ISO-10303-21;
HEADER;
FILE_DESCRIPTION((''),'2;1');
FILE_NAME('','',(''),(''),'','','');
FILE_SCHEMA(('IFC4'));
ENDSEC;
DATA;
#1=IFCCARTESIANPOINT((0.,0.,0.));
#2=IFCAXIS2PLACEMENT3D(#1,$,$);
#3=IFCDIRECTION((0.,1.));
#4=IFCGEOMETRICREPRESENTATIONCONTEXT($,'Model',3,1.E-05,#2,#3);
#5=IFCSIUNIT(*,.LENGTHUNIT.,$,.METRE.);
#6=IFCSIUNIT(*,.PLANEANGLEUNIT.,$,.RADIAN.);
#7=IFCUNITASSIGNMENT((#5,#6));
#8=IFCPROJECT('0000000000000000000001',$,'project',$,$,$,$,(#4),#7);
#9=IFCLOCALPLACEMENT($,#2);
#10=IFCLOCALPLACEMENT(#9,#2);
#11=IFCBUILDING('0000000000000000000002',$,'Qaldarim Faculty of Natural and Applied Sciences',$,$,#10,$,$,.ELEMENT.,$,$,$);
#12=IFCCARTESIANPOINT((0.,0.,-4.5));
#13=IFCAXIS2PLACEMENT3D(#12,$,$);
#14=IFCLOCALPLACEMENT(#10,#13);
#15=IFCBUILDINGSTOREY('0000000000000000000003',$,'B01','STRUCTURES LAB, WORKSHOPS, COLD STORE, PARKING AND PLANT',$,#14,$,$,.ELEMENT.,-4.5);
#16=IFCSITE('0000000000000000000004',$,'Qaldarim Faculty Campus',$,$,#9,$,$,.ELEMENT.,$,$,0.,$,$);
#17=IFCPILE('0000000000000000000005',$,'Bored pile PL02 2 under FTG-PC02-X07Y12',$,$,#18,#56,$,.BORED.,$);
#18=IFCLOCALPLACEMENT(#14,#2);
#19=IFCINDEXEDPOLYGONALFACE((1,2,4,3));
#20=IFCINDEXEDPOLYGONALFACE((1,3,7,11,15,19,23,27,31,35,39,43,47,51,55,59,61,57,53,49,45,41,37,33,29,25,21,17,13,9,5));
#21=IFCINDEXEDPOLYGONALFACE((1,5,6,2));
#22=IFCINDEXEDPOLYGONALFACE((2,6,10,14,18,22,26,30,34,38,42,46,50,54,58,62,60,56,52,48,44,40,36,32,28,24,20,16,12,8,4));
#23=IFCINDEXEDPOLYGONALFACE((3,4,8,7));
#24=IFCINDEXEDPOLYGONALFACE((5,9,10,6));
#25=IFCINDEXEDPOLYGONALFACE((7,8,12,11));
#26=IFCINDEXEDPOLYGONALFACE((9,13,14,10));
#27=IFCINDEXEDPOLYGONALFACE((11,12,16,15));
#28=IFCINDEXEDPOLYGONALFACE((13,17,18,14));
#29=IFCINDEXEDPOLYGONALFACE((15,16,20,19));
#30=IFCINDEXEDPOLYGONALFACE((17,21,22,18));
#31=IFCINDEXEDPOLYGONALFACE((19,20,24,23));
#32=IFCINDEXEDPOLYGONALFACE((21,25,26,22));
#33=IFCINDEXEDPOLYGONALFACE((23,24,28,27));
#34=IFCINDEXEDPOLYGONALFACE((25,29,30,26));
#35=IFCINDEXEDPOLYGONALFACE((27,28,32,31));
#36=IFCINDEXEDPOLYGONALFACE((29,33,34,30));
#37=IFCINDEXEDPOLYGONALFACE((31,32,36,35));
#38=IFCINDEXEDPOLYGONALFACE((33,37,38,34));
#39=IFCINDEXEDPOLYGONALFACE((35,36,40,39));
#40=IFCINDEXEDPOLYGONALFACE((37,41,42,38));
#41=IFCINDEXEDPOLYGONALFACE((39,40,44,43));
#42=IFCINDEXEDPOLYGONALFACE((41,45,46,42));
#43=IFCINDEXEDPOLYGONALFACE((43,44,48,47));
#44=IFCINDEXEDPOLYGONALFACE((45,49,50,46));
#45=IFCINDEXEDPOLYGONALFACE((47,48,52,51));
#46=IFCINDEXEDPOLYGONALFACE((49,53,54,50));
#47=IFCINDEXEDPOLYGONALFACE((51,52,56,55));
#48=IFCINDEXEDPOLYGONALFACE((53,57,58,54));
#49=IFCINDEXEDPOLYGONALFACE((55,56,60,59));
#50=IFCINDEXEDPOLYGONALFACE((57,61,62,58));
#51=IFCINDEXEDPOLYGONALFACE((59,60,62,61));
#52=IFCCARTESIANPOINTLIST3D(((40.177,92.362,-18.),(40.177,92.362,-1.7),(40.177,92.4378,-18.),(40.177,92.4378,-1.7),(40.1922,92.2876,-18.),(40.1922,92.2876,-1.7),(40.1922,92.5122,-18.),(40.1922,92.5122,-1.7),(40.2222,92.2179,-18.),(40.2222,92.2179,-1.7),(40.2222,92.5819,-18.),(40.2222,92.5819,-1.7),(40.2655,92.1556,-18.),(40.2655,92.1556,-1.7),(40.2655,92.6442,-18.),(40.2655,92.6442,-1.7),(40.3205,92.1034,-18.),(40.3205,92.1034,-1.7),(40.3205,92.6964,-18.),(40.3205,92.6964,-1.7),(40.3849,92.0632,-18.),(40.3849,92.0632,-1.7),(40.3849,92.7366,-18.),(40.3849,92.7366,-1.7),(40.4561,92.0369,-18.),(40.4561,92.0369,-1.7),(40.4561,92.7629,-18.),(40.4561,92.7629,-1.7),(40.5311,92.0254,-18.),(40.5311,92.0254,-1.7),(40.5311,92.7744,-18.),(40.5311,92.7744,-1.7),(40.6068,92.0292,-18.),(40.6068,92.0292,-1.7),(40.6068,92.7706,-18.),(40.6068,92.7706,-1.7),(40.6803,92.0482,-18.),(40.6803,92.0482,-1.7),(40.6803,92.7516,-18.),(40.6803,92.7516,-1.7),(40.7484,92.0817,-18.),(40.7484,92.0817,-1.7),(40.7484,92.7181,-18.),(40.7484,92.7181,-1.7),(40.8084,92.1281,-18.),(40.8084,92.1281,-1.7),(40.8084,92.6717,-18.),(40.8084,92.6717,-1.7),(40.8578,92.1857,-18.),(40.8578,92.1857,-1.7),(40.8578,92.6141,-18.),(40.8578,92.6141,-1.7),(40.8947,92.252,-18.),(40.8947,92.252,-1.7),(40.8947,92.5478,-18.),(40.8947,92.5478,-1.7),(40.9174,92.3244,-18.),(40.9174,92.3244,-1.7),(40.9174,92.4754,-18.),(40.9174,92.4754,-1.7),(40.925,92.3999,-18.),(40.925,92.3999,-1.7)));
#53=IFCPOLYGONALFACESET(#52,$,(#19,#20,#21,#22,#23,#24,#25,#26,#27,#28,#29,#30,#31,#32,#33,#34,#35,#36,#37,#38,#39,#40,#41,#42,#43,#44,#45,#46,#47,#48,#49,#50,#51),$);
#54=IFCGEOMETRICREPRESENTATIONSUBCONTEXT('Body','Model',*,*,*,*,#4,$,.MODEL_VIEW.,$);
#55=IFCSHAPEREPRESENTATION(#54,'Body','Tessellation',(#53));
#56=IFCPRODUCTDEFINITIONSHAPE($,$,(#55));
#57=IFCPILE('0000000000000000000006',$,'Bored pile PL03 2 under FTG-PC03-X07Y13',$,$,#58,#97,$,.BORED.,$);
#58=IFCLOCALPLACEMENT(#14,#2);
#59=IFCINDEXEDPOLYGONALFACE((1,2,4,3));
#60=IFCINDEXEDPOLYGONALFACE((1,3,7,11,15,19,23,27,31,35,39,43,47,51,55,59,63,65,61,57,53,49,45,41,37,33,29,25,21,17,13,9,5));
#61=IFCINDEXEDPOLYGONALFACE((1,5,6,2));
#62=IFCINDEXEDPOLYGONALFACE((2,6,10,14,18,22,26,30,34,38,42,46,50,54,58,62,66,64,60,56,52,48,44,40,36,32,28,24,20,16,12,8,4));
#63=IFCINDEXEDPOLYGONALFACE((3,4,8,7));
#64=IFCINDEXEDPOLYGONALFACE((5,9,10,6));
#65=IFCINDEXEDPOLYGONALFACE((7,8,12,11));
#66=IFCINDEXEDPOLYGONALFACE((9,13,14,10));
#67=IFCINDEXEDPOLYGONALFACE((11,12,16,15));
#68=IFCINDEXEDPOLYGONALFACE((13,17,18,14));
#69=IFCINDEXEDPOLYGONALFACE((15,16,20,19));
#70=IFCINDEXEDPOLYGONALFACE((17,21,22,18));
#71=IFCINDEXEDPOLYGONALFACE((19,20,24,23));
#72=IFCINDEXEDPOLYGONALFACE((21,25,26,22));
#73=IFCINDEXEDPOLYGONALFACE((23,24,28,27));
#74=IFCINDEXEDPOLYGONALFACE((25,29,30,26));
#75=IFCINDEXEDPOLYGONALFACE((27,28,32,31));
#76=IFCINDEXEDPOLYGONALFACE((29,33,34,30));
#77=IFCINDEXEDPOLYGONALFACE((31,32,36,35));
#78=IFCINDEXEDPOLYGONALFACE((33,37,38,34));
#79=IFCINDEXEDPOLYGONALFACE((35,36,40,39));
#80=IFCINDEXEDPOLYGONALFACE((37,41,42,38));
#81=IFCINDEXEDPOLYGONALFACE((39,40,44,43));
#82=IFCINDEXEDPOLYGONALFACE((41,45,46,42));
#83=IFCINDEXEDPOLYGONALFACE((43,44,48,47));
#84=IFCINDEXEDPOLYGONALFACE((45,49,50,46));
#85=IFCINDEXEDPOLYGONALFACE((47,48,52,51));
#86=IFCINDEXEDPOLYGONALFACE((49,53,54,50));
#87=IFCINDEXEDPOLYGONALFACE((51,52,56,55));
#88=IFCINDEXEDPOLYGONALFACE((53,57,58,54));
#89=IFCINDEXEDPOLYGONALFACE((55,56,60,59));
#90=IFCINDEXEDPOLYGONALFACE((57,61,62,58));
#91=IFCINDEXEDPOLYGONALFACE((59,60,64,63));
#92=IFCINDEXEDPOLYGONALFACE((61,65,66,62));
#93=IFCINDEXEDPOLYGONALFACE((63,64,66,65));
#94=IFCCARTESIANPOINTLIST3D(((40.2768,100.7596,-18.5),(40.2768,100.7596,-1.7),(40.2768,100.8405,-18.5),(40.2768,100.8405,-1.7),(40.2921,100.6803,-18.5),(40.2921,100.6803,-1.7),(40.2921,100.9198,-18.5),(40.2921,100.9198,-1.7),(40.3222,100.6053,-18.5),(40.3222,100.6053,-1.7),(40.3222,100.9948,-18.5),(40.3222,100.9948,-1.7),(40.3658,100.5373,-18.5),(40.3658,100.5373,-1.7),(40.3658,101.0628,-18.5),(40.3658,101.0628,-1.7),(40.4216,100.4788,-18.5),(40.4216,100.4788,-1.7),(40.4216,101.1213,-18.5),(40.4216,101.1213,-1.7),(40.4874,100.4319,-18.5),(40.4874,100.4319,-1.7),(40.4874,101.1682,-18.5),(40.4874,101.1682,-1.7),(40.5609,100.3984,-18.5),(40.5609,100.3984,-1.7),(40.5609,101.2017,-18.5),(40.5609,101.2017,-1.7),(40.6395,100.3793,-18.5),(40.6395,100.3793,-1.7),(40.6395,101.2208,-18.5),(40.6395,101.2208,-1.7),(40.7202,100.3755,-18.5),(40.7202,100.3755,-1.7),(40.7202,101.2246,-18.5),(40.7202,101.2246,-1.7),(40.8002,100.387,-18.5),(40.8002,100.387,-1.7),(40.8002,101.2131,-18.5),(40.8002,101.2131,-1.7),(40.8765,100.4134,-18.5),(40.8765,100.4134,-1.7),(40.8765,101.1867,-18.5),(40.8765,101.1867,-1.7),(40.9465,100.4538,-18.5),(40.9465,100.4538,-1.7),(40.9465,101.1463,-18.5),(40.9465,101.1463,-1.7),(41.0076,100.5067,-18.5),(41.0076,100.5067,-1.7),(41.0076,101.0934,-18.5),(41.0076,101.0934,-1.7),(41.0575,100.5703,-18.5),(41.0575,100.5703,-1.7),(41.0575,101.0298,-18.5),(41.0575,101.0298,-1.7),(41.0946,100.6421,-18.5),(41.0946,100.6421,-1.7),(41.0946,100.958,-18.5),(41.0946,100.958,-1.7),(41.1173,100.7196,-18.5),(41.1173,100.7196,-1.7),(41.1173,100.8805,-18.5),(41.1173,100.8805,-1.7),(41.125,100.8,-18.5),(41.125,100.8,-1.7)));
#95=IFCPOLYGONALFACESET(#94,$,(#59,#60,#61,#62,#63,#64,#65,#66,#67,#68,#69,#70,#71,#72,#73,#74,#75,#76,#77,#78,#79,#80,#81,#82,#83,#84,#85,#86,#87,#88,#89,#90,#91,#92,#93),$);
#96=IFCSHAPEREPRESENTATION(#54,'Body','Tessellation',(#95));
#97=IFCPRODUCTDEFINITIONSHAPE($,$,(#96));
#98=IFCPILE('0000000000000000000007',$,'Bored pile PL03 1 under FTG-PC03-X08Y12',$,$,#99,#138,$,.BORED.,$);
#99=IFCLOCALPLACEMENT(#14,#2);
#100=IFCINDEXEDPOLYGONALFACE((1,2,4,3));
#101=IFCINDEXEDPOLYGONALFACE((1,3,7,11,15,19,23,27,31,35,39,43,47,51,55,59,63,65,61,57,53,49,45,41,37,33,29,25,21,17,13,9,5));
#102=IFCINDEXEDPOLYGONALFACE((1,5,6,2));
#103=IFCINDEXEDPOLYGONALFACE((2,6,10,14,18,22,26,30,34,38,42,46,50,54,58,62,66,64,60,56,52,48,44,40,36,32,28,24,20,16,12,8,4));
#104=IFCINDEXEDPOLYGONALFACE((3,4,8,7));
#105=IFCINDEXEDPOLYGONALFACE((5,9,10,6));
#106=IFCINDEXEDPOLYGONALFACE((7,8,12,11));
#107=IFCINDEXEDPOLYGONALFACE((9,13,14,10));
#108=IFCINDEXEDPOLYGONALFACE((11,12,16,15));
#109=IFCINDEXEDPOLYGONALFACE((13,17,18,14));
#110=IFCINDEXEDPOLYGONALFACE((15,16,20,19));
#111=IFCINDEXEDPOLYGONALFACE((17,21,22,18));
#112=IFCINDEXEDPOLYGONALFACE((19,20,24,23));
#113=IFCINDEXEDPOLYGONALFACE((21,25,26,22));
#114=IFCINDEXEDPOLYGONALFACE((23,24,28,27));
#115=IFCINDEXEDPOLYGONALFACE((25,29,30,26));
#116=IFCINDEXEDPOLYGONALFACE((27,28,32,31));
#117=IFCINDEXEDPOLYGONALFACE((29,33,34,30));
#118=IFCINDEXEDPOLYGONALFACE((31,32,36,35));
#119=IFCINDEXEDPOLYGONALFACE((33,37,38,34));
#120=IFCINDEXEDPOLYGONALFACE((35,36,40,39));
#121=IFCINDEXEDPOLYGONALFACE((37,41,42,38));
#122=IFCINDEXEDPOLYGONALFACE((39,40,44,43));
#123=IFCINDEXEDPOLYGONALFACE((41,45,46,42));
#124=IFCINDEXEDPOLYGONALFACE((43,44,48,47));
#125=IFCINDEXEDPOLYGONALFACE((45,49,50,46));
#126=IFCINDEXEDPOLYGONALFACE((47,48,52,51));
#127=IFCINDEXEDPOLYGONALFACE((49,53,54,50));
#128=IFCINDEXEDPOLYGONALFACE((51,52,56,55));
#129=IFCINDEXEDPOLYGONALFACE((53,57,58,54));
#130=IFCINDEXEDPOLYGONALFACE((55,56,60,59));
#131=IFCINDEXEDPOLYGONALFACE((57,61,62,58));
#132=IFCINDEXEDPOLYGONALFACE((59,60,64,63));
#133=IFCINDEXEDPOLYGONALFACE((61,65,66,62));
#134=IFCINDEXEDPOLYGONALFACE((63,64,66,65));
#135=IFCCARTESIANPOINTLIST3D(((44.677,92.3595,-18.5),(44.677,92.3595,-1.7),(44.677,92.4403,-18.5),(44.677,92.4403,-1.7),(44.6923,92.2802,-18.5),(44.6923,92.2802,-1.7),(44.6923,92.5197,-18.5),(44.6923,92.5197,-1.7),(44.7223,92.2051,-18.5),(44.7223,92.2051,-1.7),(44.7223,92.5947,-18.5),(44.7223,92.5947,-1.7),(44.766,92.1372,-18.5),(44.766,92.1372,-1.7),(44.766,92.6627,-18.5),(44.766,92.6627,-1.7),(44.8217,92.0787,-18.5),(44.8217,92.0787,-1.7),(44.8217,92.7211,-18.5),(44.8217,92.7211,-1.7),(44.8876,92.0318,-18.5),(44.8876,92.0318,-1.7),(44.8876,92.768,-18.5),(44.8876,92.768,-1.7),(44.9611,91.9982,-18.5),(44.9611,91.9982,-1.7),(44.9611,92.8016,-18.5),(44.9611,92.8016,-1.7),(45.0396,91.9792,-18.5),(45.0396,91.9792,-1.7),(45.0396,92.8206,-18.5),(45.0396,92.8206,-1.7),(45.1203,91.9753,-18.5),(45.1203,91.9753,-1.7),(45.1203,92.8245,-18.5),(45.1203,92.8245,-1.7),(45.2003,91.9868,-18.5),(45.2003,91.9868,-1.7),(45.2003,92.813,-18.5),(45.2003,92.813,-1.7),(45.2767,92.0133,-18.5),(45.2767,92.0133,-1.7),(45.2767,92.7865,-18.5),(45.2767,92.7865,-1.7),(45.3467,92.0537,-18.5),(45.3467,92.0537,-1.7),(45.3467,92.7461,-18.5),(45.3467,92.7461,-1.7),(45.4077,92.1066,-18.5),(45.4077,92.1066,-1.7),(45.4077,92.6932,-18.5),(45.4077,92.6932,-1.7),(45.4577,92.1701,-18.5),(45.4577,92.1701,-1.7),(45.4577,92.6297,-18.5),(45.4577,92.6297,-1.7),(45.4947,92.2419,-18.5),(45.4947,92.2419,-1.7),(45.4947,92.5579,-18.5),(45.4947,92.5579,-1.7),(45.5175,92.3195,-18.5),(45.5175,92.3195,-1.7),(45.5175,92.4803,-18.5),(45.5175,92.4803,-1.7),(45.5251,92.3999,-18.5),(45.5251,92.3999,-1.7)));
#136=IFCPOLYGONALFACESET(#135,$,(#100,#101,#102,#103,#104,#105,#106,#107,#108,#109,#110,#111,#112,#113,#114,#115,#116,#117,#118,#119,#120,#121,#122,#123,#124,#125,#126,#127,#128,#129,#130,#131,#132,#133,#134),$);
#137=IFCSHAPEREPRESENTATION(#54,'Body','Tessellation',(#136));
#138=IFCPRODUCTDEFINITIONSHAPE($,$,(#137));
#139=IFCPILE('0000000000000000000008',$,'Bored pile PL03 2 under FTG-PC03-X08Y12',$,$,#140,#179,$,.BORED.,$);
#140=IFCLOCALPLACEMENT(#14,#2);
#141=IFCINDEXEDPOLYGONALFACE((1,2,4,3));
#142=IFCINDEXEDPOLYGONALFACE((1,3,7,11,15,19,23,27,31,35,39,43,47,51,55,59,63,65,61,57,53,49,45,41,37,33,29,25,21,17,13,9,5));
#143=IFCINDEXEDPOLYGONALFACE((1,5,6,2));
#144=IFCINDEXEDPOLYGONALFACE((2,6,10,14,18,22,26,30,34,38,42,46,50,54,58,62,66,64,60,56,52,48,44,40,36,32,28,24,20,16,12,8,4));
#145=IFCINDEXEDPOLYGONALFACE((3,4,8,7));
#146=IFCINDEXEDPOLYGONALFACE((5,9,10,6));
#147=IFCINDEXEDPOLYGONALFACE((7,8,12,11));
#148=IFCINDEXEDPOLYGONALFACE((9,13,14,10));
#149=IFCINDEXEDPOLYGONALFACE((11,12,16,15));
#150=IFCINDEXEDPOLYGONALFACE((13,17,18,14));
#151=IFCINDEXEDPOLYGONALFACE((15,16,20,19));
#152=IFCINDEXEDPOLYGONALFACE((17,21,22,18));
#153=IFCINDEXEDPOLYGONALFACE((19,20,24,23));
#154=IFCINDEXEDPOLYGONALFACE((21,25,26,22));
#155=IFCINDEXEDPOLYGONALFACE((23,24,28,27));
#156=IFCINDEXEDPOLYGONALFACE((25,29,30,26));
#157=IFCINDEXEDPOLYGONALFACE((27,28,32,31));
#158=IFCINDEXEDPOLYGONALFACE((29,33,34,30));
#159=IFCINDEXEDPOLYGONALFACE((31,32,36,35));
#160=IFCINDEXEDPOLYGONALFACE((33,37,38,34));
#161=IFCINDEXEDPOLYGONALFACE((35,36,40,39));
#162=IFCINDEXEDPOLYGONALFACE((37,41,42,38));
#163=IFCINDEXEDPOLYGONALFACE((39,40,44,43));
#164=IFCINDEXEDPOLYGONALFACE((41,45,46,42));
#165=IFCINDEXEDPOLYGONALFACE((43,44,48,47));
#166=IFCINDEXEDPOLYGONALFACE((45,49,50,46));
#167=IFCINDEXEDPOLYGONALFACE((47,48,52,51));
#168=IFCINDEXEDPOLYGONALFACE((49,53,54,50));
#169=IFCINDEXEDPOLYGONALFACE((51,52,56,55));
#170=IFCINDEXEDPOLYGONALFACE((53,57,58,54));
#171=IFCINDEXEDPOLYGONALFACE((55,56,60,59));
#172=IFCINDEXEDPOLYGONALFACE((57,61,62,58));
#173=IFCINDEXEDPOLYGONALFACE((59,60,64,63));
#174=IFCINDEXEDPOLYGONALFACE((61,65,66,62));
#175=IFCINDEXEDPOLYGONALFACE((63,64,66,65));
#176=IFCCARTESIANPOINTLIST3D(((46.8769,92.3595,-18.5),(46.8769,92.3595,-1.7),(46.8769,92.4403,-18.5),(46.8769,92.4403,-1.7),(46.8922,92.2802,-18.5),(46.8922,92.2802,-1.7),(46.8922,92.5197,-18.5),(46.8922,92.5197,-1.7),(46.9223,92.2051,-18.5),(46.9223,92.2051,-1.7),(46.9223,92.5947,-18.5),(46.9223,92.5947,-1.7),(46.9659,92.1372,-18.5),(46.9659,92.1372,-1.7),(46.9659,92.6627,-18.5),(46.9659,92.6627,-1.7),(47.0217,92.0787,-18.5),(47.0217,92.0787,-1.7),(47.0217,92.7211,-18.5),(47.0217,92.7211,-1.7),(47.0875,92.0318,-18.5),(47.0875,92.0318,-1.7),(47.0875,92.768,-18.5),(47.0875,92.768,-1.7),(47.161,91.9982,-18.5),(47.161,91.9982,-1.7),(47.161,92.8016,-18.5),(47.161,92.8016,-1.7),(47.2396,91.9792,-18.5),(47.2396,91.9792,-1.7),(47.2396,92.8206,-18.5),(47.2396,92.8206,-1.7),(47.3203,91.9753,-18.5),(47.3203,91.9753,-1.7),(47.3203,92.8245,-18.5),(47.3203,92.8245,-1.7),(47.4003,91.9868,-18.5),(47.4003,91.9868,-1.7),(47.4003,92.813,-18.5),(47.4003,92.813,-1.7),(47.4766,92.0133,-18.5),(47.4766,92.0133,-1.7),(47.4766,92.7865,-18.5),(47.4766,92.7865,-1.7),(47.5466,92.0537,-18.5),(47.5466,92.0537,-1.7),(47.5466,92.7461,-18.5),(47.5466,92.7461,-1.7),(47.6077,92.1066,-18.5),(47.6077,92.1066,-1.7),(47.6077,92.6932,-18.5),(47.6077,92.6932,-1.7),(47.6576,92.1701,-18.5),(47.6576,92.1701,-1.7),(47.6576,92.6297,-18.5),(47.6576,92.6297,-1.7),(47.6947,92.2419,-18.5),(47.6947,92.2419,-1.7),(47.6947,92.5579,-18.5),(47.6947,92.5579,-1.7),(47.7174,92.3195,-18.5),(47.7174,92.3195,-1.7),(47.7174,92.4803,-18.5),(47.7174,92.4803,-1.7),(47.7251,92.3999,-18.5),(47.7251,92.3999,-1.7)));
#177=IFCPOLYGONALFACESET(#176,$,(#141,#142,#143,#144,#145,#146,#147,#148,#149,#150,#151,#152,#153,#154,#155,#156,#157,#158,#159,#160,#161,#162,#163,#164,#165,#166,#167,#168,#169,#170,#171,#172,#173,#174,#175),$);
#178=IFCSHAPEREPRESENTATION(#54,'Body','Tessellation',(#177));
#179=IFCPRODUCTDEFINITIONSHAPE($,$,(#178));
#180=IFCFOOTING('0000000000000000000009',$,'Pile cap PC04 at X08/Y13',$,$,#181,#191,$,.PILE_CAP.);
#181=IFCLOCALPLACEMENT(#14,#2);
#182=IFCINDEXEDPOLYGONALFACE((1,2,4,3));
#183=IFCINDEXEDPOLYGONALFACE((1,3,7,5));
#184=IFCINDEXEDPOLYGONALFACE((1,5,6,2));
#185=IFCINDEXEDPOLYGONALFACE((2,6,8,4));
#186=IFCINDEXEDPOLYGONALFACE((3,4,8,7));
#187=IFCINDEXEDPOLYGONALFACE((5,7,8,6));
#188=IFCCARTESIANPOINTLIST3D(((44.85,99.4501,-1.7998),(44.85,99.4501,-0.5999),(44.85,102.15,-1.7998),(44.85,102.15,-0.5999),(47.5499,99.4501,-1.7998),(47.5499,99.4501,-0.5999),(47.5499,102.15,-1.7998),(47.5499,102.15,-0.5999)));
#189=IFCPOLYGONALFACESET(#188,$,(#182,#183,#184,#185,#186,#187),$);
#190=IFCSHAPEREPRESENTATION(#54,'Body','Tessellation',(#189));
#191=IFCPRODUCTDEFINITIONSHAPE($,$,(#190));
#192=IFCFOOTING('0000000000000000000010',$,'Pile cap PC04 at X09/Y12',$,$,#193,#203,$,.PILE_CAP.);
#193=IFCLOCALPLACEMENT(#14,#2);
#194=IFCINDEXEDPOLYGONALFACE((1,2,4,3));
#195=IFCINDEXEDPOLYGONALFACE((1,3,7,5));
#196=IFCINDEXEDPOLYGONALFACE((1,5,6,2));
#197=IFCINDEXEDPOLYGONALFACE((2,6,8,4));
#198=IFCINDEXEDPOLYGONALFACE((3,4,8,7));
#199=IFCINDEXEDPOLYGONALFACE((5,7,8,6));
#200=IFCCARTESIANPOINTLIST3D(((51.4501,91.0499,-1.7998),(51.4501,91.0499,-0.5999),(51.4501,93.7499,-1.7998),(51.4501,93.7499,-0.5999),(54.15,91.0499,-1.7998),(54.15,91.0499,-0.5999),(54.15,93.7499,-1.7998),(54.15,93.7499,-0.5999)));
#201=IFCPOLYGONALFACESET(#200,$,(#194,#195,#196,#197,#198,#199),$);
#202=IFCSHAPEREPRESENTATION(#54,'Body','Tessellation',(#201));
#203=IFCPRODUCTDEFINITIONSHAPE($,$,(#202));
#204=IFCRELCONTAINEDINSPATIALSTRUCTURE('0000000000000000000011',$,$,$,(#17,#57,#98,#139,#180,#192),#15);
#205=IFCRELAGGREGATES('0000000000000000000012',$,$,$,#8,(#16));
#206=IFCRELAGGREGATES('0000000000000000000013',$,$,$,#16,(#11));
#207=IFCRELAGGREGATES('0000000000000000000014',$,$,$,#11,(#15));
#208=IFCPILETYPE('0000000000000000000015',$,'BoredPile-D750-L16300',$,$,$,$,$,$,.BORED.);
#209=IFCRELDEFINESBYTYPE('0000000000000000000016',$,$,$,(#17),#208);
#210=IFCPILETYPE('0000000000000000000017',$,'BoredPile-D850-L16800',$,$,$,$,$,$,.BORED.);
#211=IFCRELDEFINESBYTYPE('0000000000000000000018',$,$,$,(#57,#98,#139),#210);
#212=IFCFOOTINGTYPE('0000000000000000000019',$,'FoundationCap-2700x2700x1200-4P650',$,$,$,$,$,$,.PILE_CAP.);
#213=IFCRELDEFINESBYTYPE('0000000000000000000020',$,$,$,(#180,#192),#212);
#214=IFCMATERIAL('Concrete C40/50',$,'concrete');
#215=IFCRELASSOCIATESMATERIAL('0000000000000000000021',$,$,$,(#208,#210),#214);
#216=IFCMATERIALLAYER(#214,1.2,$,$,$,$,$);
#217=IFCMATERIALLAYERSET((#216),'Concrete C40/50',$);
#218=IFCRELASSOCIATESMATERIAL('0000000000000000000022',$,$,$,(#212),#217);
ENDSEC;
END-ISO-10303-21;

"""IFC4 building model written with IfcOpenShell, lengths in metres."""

from ifc_helpers import new_model, si_unit, direction, frame, origin, origin_2d, place, context, subcontext, project, spatial, rectangle, circle, extrude, material, layer, layer_set, material_profile, profile_set, type_object, element, save


model = new_model("IFC4")

# Units and contexts
model_context = context("Model", 3, precision=1e-05, world=origin(), true_north=direction((0.0, 1.0)))
body_context = subcontext(model_context, "Body", "Model", "MODEL_VIEW")
ifc_project = project(units=[si_unit("LENGTHUNIT", "METRE"), si_unit("PLANEANGLEUNIT", "RADIAN")], contexts=[model_context])

# Site, building, storey
site_placement = place(None, origin())
site = spatial("IfcSite", under=ifc_project, at=site_placement, Name="Qaldarim Faculty Campus", CompositionType="ELEMENT", RefElevation=0.0)
building_placement = place(site_placement, origin())
building = spatial("IfcBuilding", under=site, at=building_placement, Name="Qaldarim Faculty of Natural and Applied Sciences", CompositionType="ELEMENT")
storey_placement = place(building_placement, frame((0.0, 0.0, -4.5)))
storey = spatial("IfcBuildingStorey", under=building, at=storey_placement, Name="B01", Description="STRUCTURES LAB, WORKSHOPS, COLD STORE, PARKING AND PLANT", CompositionType="ELEMENT", Elevation=-4.5)

# Piles
ifc_material_1 = material(Name="Concrete C40/50", Category="concrete")
ifc_material_profile_1 = material_profile(ifc_material_1, circle(Radius=0.375, at=origin_2d()), Name="PILE-D750")
ifc_profile_set_1 = profile_set([ifc_material_profile_1], Name="Concrete C40/50")
pile_type_1 = type_object("IfcPileType", Name="BoredPile-D750-L16300", PredefinedType="BORED", material=ifc_profile_set_1)
pile_placement = place(storey_placement, frame((40.55, 92.3999, -1.7), z_axis=(0.0, 0.0, -1.0), x_axis=(1.0, 0.0, 0.0)))
element("IfcPile", 1, at=pile_placement, inside=storey, type_object=pile_type_1, Name="Bored pile PL02 2 under FTG-PC02-X07Y12", PredefinedType="BORED", context=body_context, shape_type="SweptSolid", body=[
    extrude(circle(Radius=0.375, at=origin_2d()), origin(), (0.0, 0.0, 1.0), 16.3),
])
ifc_material_profile_2 = material_profile(ifc_material_1, circle(Radius=0.425, at=origin_2d()), Name="PILE-D850")
ifc_profile_set_2 = profile_set([ifc_material_profile_2], Name="Concrete C40/50")
pile_type_2 = type_object("IfcPileType", Name="BoredPile-D850-L16800", PredefinedType="BORED", material=ifc_profile_set_2)
for number, where, z_axis, x_axis, name in (
    (2, (40.7, 100.8, -1.7), (0.0, 0.0, -1.0), (1.0, 0.0, 0.0), "Bored pile PL03 2 under FTG-PC03-X07Y13"),
    (3, (45.1001, 92.3999, -1.7), (0.0, 0.0, -1.0), (1.0, 0.0, 0.0), "Bored pile PL03 1 under FTG-PC03-X08Y12"),
    (4, (47.3, 92.3999, -1.7), (0.0, 0.0, -1.0), (1.0, 0.0, 0.0), "Bored pile PL03 2 under FTG-PC03-X08Y12"),
):
    element("IfcPile", number, at=place(storey_placement, frame(where, z_axis=z_axis, x_axis=x_axis)), inside=storey, type_object=pile_type_2, Name=name, PredefinedType="BORED", context=body_context, shape_type="SweptSolid", body=[
        extrude(circle(Radius=0.425, at=origin_2d()), origin(), (0.0, 0.0, 1.0), 16.8),
    ])

# Footings
ifc_layer_1 = layer(ifc_material_1, 1.2)
ifc_layer_set_1 = layer_set([ifc_layer_1], Name="Concrete C40/50")
footing_type_1 = type_object("IfcFootingType", Name="FoundationCap-2700x2700x1200-4P650", PredefinedType="PILE_CAP", material=ifc_layer_set_1)
for number, where, z_axis, x_axis, name in (
    (5, (46.2, 100.8, -1.7998), (0.0, 0.0, 1.0), (1.0, 0.0, 0.0), "Pile cap PC04 at X08/Y13"),
    (6, (52.8, 92.3999, -1.7998), (0.0, 0.0, 1.0), (1.0, 0.0, 0.0), "Pile cap PC04 at X09/Y12"),
):
    element("IfcFooting", number, at=place(storey_placement, frame(where, z_axis=z_axis, x_axis=x_axis)), inside=storey, type_object=footing_type_1, Name=name, PredefinedType="PILE_CAP", context=body_context, shape_type="SweptSolid", body=[
        extrude(rectangle(XDim=2.7, YDim=2.7, at=origin_2d()), origin(), (0.0, 0.0, 1.0), 1.2),
    ])

save(model, "model.ifc")
